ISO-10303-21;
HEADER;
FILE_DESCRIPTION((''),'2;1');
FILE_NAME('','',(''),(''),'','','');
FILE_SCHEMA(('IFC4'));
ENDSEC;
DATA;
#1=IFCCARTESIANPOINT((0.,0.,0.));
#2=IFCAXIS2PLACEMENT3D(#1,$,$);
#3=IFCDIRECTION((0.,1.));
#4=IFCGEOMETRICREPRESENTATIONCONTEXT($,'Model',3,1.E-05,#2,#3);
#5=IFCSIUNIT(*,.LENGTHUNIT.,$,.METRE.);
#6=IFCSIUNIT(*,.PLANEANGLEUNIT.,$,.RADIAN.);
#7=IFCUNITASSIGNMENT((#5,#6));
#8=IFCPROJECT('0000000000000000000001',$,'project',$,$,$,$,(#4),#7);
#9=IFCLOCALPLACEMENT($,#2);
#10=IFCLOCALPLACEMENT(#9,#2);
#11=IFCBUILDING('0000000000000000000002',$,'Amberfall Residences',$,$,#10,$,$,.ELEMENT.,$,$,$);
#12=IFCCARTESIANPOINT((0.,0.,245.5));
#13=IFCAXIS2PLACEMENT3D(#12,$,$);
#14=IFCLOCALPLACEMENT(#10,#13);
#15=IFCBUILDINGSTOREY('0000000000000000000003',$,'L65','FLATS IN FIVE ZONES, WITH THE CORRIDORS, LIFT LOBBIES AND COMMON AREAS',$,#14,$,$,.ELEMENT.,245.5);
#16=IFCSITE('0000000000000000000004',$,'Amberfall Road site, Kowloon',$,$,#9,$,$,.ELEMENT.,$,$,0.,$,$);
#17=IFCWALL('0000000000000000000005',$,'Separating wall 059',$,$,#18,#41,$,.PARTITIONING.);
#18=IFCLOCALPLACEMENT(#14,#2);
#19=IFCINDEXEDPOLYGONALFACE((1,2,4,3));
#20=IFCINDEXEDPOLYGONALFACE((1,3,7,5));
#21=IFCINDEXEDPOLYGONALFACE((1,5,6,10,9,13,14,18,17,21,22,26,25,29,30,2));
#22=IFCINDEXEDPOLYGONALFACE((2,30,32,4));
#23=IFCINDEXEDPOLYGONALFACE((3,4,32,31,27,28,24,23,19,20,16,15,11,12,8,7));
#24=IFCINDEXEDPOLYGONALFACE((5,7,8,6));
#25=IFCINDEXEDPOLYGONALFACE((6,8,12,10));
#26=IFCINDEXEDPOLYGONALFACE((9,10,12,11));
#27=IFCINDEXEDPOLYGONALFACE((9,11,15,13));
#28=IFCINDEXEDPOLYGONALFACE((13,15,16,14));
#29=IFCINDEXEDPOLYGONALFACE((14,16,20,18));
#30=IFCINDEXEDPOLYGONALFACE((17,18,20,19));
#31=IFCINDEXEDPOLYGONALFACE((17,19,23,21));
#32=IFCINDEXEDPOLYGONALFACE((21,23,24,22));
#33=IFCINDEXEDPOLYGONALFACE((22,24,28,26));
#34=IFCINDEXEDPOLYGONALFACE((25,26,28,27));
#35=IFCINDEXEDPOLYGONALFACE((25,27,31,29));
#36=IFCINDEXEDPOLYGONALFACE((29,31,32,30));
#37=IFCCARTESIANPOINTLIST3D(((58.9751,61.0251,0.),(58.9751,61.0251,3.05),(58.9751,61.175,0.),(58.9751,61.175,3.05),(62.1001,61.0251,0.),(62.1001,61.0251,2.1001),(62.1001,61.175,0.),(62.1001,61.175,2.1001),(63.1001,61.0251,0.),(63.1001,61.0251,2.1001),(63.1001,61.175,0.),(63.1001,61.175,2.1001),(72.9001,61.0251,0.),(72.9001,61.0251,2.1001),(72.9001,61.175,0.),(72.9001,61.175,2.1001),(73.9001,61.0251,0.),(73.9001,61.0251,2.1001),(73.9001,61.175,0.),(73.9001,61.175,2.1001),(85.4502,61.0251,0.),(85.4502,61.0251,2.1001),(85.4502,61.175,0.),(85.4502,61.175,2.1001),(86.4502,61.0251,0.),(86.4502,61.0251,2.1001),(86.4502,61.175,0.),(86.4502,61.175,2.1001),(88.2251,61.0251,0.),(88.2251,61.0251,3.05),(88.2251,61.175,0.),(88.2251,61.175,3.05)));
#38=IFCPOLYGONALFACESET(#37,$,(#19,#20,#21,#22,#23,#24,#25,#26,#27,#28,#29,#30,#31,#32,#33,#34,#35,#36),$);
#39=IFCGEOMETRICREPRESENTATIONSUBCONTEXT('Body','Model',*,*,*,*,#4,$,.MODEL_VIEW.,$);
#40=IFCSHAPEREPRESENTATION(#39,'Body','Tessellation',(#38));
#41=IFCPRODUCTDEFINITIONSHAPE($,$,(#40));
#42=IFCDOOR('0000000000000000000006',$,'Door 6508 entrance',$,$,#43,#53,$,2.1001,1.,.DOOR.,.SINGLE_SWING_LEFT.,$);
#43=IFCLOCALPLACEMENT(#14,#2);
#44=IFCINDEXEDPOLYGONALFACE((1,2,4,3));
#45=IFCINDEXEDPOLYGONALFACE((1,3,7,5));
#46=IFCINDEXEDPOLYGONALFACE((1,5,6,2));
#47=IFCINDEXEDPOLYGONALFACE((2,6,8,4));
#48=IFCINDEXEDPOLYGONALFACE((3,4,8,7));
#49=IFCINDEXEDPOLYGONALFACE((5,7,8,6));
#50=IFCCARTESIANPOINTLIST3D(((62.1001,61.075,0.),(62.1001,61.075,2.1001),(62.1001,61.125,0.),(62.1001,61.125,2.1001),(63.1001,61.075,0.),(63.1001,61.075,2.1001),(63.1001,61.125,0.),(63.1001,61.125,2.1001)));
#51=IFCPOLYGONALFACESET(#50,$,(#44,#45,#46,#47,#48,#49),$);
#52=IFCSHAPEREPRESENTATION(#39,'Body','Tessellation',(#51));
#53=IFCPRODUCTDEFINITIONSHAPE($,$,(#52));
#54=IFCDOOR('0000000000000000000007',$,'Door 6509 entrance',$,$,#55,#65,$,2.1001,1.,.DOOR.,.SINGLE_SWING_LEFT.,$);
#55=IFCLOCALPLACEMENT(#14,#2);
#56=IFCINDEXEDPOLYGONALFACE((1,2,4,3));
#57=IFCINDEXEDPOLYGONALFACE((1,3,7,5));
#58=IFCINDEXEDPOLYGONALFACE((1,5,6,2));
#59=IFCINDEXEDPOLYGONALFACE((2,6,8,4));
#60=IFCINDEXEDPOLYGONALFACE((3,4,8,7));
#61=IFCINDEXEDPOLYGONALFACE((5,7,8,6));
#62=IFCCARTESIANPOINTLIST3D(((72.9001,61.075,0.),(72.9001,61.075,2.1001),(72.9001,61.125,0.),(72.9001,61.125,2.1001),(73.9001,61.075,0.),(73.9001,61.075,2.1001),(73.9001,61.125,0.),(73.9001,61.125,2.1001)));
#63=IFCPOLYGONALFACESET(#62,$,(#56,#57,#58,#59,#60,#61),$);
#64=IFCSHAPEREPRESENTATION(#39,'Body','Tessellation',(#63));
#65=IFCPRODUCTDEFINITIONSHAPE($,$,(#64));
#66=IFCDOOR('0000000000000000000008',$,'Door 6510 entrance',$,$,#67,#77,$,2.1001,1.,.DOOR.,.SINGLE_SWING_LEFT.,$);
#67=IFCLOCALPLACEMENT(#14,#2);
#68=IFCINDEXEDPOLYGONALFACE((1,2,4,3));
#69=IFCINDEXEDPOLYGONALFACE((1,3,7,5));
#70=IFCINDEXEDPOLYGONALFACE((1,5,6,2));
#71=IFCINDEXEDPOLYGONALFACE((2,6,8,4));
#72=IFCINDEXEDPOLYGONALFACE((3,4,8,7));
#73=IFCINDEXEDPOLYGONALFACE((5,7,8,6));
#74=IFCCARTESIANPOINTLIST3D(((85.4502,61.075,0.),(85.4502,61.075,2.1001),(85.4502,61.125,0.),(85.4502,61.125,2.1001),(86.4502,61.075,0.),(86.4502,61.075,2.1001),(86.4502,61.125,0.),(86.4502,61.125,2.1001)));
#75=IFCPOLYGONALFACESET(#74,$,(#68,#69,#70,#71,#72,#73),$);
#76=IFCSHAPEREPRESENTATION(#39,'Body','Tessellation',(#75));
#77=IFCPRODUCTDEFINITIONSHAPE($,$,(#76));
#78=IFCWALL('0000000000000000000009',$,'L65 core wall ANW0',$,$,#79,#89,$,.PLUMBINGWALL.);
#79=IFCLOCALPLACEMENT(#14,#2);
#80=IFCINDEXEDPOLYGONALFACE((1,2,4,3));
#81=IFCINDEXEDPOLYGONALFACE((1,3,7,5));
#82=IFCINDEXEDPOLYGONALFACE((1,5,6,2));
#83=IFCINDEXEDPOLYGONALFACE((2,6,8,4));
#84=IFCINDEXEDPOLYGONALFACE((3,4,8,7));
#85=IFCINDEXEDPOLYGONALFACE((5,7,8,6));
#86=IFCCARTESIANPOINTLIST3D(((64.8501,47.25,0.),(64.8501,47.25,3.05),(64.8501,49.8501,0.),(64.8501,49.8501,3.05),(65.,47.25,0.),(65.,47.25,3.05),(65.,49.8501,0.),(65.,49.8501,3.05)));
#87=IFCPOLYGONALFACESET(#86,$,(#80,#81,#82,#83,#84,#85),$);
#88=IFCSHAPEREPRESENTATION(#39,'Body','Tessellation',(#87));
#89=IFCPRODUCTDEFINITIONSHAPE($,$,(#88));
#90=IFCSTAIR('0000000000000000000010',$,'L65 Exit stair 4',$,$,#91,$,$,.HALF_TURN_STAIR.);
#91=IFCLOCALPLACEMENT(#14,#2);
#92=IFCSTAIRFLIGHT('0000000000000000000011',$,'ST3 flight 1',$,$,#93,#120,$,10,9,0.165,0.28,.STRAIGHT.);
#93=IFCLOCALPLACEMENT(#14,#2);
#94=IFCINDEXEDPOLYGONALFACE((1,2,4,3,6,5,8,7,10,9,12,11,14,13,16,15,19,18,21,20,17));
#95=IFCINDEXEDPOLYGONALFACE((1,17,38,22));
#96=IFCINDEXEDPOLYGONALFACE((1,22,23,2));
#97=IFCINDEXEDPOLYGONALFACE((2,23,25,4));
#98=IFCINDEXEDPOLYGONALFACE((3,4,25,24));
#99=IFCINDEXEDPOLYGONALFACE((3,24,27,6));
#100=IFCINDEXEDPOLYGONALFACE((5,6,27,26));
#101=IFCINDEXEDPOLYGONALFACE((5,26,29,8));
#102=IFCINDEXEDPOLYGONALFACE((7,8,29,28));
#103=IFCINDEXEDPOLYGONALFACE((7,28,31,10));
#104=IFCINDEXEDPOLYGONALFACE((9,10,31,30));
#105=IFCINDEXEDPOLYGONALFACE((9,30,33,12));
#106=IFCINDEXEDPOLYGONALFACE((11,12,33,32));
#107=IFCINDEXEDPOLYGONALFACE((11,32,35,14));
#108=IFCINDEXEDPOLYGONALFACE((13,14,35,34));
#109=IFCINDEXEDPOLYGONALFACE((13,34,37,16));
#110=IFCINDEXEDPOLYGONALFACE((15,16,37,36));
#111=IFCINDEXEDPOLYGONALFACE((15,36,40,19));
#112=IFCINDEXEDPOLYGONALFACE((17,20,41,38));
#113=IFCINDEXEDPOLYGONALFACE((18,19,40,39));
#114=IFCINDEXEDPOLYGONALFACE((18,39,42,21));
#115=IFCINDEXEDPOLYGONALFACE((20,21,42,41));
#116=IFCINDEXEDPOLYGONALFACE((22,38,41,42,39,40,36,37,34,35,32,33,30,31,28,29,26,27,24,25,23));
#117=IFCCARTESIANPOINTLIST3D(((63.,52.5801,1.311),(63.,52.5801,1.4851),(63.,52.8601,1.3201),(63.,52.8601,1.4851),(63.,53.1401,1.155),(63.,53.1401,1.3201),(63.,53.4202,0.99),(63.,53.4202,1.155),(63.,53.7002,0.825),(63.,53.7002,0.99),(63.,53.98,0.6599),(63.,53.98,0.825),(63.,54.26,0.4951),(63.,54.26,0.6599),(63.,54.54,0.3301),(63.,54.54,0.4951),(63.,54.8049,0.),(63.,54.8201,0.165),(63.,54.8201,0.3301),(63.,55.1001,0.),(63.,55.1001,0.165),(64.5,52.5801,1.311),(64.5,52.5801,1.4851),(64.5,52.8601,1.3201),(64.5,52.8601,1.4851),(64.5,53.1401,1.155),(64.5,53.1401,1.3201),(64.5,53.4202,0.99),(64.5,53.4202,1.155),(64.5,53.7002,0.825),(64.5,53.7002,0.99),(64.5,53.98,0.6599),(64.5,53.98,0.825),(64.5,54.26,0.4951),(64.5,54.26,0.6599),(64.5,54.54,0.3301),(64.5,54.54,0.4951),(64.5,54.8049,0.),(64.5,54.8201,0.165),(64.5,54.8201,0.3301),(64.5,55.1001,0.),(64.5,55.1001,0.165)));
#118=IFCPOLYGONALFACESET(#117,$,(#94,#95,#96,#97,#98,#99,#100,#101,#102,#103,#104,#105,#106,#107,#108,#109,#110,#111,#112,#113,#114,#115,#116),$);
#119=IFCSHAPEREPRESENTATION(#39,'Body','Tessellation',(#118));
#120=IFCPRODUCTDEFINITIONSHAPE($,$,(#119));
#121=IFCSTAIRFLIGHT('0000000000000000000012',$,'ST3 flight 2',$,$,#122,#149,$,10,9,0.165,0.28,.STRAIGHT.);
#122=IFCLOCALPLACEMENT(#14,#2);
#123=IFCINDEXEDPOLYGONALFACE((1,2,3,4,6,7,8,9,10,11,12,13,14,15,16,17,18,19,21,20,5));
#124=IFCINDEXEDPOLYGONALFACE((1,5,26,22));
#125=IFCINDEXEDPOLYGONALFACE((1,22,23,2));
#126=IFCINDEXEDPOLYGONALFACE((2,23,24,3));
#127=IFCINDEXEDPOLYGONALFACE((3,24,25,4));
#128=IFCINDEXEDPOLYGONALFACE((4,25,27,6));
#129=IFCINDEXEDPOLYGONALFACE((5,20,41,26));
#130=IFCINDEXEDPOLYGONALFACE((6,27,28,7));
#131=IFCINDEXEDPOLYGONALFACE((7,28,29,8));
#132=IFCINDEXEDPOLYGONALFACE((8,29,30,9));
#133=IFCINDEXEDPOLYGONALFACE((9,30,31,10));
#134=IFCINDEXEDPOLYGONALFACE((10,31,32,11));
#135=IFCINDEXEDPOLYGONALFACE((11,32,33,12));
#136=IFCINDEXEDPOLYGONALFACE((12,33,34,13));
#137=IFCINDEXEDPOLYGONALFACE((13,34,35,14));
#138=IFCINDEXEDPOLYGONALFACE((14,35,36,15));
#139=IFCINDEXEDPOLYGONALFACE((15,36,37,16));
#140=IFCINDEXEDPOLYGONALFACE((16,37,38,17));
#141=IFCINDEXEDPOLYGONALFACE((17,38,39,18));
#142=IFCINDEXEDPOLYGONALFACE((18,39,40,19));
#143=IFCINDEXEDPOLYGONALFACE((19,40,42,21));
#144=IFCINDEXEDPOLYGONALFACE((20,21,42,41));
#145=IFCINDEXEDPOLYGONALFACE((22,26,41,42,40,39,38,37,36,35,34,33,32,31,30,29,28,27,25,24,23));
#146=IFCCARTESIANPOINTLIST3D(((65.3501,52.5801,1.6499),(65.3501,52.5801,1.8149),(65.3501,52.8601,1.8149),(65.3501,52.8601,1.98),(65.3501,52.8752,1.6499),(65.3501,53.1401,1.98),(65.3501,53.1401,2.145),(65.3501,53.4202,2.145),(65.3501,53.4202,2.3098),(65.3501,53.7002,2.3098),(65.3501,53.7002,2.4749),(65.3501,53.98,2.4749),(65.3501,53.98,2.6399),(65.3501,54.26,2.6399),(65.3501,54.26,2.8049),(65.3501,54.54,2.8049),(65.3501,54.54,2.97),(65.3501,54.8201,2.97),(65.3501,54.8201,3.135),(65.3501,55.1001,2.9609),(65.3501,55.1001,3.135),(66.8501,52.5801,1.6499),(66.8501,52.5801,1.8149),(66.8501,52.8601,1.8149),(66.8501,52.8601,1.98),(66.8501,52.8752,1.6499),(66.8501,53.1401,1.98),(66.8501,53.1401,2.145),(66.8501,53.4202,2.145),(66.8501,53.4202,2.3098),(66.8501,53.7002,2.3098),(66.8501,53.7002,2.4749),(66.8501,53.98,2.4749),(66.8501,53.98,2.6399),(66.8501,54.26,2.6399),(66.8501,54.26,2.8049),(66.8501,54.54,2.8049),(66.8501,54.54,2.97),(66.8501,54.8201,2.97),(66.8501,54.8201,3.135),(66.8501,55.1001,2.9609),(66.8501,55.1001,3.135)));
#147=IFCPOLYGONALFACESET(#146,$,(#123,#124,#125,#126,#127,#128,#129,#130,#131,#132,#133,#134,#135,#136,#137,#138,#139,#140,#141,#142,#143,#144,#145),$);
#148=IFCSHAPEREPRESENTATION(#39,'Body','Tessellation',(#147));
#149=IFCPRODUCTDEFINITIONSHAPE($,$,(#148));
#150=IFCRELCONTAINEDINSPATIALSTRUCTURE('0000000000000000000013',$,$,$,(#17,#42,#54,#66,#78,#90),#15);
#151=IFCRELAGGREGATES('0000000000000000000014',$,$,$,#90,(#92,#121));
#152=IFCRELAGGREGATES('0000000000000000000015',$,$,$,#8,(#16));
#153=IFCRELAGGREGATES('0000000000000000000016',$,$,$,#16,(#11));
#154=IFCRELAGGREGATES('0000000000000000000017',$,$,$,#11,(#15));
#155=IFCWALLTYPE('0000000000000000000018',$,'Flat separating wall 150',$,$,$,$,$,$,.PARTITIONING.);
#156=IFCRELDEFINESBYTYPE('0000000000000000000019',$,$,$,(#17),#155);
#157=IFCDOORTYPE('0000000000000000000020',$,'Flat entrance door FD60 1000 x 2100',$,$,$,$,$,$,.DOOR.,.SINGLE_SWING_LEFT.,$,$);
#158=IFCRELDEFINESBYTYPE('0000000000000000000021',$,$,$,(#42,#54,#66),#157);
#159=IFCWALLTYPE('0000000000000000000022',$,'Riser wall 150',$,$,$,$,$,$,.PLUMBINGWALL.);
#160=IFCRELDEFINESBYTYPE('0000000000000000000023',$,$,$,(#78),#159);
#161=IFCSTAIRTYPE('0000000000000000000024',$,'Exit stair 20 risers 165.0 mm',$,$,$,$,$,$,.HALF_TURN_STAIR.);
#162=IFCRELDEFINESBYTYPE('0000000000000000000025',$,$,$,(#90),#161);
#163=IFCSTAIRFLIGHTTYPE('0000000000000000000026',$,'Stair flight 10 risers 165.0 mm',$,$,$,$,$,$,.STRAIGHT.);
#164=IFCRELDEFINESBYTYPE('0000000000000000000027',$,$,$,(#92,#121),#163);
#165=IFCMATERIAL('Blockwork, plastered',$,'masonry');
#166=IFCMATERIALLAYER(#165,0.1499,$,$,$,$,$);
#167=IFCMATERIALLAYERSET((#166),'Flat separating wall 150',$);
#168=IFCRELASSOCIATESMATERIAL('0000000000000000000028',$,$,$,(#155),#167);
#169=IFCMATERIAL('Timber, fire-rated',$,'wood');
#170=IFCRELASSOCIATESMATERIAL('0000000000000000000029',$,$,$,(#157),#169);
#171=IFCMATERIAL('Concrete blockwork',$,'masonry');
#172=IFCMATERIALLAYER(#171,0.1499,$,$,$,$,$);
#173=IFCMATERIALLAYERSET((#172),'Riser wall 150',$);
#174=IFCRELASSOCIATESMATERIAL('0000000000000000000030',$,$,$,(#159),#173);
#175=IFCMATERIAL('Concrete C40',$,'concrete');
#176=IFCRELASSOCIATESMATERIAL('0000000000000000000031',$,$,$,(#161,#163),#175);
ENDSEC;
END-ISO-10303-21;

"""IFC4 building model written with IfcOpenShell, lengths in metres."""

from ifc_helpers import new_model, si_unit, direction, frame, frame_2d, origin, place, context, subcontext, project, spatial, polyline, rectangle, outline, extrude, material, layer, layer_set, type_object, element, fill, aggregate, save


model = new_model("IFC4")

# Units and contexts
model_context = context("Model", 3, precision=1e-05, world=origin(), true_north=direction((0.0, 1.0)))
body_context = subcontext(model_context, "Body", "Model", "MODEL_VIEW")
ifc_project = project(units=[si_unit("LENGTHUNIT", "METRE"), si_unit("PLANEANGLEUNIT", "RADIAN")], contexts=[model_context])

# Site, building, storey
site_placement = place(None, origin())
site = spatial("IfcSite", under=ifc_project, at=site_placement, Name="Amberfall Road site, Kowloon", CompositionType="ELEMENT", RefElevation=0.0)
building_placement = place(site_placement, origin())
building = spatial("IfcBuilding", under=site, at=building_placement, Name="Amberfall Residences", CompositionType="ELEMENT")
storey_placement = place(building_placement, frame((0.0, 0.0, 245.5)))
storey = spatial("IfcBuildingStorey", under=building, at=storey_placement, Name="L65", Description="FLATS IN FIVE ZONES, WITH THE CORRIDORS, LIFT LOBBIES AND COMMON AREAS", CompositionType="ELEMENT", Elevation=245.5)

# Wall, openings, doors
ifc_material_1 = material(Name="Blockwork, plastered", Category="masonry")
ifc_layer_1 = layer(ifc_material_1, 0.1499)
ifc_layer_set_1 = layer_set([ifc_layer_1], Name="Flat separating wall 150")
wall_type_1 = type_object("IfcWallType", Name="Flat separating wall 150", PredefinedType="PARTITIONING", material=ifc_layer_set_1)
wall_1_placement = place(storey_placement, frame((58.9751, 61.1001, 0.0), z_axis=(0.0, 0.0, 1.0), x_axis=(1.0, 0.0, 0.0)))
wall_1 = element("IfcWall", 1, at=wall_1_placement, inside=storey, type_object=wall_type_1, Name="Separating wall 059", PredefinedType="PARTITIONING", context=body_context, shape_type="SweptSolid", body=[
    extrude(rectangle(XDim=29.25, YDim=0.1499, at=frame_2d((14.625, 0.0))), origin(), (0.0, 0.0, 1.0), 3.05),
])
opening_1_placement = place(wall_1_placement, frame((3.125, 0.0, 0.0)))
opening_1 = element("IfcOpeningElement", 2, at=opening_1_placement, cuts=wall_1, PredefinedType="OPENING", context=body_context, shape_type="SweptSolid", body=[
    extrude(rectangle(XDim=1.0, YDim=2.1001, at=frame_2d((0.5, 1.05))), frame((0.0, 0.085, 0.0), z_axis=(0.0, -1.0, 0.0), x_axis=(1.0, 0.0, 0.0)), (0.0, 0.0, 1.0), 0.1699),
])
opening_2_placement = place(wall_1_placement, frame((13.925, 0.0, 0.0)))
opening_2 = element("IfcOpeningElement", 3, at=opening_2_placement, cuts=wall_1, PredefinedType="OPENING", context=body_context, shape_type="SweptSolid", body=[
    extrude(rectangle(XDim=1.0, YDim=2.1001, at=frame_2d((0.5, 1.05))), frame((0.0, 0.085, 0.0), z_axis=(0.0, -1.0, 0.0), x_axis=(1.0, 0.0, 0.0)), (0.0, 0.0, 1.0), 0.1699),
])
opening_3_placement = place(wall_1_placement, frame((26.4751, 0.0, 0.0)))
opening_3 = element("IfcOpeningElement", 4, at=opening_3_placement, cuts=wall_1, PredefinedType="OPENING", context=body_context, shape_type="SweptSolid", body=[
    extrude(rectangle(XDim=1.0, YDim=2.1001, at=frame_2d((0.5, 1.05))), frame((0.0, 0.085, 0.0), z_axis=(0.0, -1.0, 0.0), x_axis=(1.0, 0.0, 0.0)), (0.0, 0.0, 1.0), 0.1699),
])
ifc_material_2 = material(Name="Timber, fire-rated", Category="wood")
door_type_1 = type_object("IfcDoorType", Name="Flat entrance door FD60 1000 x 2100", OperationType="SINGLE_SWING_LEFT", PredefinedType="DOOR", material=ifc_material_2)
door_1_placement = place(opening_1_placement, origin())
door_1 = element("IfcDoor", 5, at=door_1_placement, inside=storey, type_object=door_type_1, Name="Door 6508 entrance", OperationType="SINGLE_SWING_LEFT", OverallHeight=2.1001, OverallWidth=1.0, PredefinedType="DOOR", context=body_context, shape_type="SweptSolid", body=[
    extrude(rectangle(XDim=1.0, YDim=2.1001, at=frame_2d((0.5, 1.05))), frame((0.0, 0.0249, 0.0), z_axis=(0.0, -1.0, 0.0), x_axis=(1.0, 0.0, 0.0)), (0.0, 0.0, 1.0), 0.05),
])
fill(opening_1, door_1)
door_2_placement = place(opening_2_placement, origin())
door_2 = element("IfcDoor", 6, at=door_2_placement, inside=storey, type_object=door_type_1, Name="Door 6509 entrance", OperationType="SINGLE_SWING_LEFT", OverallHeight=2.1001, OverallWidth=1.0, PredefinedType="DOOR", context=body_context, shape_type="SweptSolid", body=[
    extrude(rectangle(XDim=1.0, YDim=2.1001, at=frame_2d((0.5, 1.05))), frame((0.0, 0.0249, 0.0), z_axis=(0.0, -1.0, 0.0), x_axis=(1.0, 0.0, 0.0)), (0.0, 0.0, 1.0), 0.05),
])
fill(opening_2, door_2)
door_3_placement = place(opening_3_placement, origin())
door_3 = element("IfcDoor", 7, at=door_3_placement, inside=storey, type_object=door_type_1, Name="Door 6510 entrance", OperationType="SINGLE_SWING_LEFT", OverallHeight=2.1001, OverallWidth=1.0, PredefinedType="DOOR", context=body_context, shape_type="SweptSolid", body=[
    extrude(rectangle(XDim=1.0, YDim=2.1001, at=frame_2d((0.5, 1.05))), frame((0.0, 0.0249, 0.0), z_axis=(0.0, -1.0, 0.0), x_axis=(1.0, 0.0, 0.0)), (0.0, 0.0, 1.0), 0.05),
])
fill(opening_3, door_3)

# Wall
ifc_material_3 = material(Name="Concrete blockwork", Category="masonry")
ifc_layer_2 = layer(ifc_material_3, 0.1499)
ifc_layer_set_2 = layer_set([ifc_layer_2], Name="Riser wall 150")
wall_type_2 = type_object("IfcWallType", Name="Riser wall 150", PredefinedType="PLUMBINGWALL", material=ifc_layer_set_2)
wall_2_placement = place(storey_placement, frame((64.925, 47.25, 0.0), z_axis=(0.0, 0.0, 1.0), x_axis=(0.0, 1.0, 0.0)))
element("IfcWall", 8, at=wall_2_placement, inside=storey, type_object=wall_type_2, Name="L65 core wall ANW0", PredefinedType="PLUMBINGWALL", context=body_context, shape_type="SweptSolid", body=[
    extrude(rectangle(XDim=2.6001, YDim=0.1499, at=frame_2d((1.3, 0.0))), origin(), (0.0, 0.0, 1.0), 3.05),
])

# Stair, stair flights
ifc_material_4 = material(Name="Concrete C40", Category="concrete")
stair_type = type_object("IfcStairType", Name="Exit stair 20 risers 165.0 mm", PredefinedType="HALF_TURN_STAIR", material=ifc_material_4)
stair_placement = place(storey_placement, origin())
stair = element("IfcStair", 9, at=stair_placement, inside=storey, type_object=stair_type, Name="L65 Exit stair 4", PredefinedType="HALF_TURN_STAIR")
stair_flight_type = type_object("IfcStairFlightType", Name="Stair flight 10 risers 165.0 mm", PredefinedType="STRAIGHT", material=ifc_material_4)
stair_flight_1_placement = place(storey_placement, frame((63.75, 55.1001, 0.0), z_axis=(0.0, 0.0, 1.0), x_axis=(0.0, -1.0, 0.0)))
stair_flight_1 = element("IfcStairFlight", 10, at=stair_flight_1_placement, type_object=stair_flight_type, Name="ST3 flight 1", NumberOfRisers=10, NumberOfTreads=9, PredefinedType="STRAIGHT", RiserHeight=0.165, TreadLength=0.28, context=body_context, shape_type="SweptSolid", body=[
    extrude(outline(polyline([(0.0, 0.0), (0.0, 0.165), (0.28, 0.165), (0.28, 0.3301), (0.5601, 0.3301), (0.5601, 0.4951), (0.8401, 0.4951), (0.8401, 0.6599), (1.1201, 0.6599), (1.1201, 0.825), (1.3999, 0.825), (1.3999, 0.99), (1.6799, 0.99), (1.6799, 1.155), (1.96, 1.155), (1.96, 1.3201), (2.24, 1.3201), (2.24, 1.4851), (2.52, 1.4851), (2.52, 1.6499), (2.52, 1.311), (0.2952, 0.0), (0.0, 0.0)])), frame((0.0, 0.75, 0.0), z_axis=(0.0, -1.0, 0.0), x_axis=(1.0, 0.0, 0.0)), (0.0, 0.0, 1.0), 1.5),
])
stair_flight_2_placement = place(storey_placement, frame((66.1001, 52.5801, 1.6499), z_axis=(0.0, 0.0, 1.0), x_axis=(0.0, 1.0, 0.0)))
stair_flight_2 = element("IfcStairFlight", 11, at=stair_flight_2_placement, type_object=stair_flight_type, Name="ST3 flight 2", NumberOfRisers=10, NumberOfTreads=9, PredefinedType="STRAIGHT", RiserHeight=0.165, TreadLength=0.28, context=body_context, shape_type="SweptSolid", body=[
    extrude(outline(polyline([(0.0, 0.0), (0.0, 0.165), (0.28, 0.165), (0.28, 0.3301), (0.5601, 0.3301), (0.5601, 0.4951), (0.8401, 0.4951), (0.8401, 0.6599), (1.1201, 0.6599), (1.1201, 0.825), (1.3999, 0.825), (1.3999, 0.99), (1.6799, 0.99), (1.6799, 1.155), (1.96, 1.155), (1.96, 1.3201), (2.24, 1.3201), (2.24, 1.4851), (2.52, 1.4851), (2.52, 1.6499), (2.52, 1.311), (0.2952, 0.0), (0.0, 0.0)])), frame((0.0, 0.75, 0.0), z_axis=(0.0, -1.0, 0.0), x_axis=(1.0, 0.0, 0.0)), (0.0, 0.0, 1.0), 1.5),
])
aggregate(stair, [stair_flight_1, stair_flight_2])

save(model, "model.ifc")
